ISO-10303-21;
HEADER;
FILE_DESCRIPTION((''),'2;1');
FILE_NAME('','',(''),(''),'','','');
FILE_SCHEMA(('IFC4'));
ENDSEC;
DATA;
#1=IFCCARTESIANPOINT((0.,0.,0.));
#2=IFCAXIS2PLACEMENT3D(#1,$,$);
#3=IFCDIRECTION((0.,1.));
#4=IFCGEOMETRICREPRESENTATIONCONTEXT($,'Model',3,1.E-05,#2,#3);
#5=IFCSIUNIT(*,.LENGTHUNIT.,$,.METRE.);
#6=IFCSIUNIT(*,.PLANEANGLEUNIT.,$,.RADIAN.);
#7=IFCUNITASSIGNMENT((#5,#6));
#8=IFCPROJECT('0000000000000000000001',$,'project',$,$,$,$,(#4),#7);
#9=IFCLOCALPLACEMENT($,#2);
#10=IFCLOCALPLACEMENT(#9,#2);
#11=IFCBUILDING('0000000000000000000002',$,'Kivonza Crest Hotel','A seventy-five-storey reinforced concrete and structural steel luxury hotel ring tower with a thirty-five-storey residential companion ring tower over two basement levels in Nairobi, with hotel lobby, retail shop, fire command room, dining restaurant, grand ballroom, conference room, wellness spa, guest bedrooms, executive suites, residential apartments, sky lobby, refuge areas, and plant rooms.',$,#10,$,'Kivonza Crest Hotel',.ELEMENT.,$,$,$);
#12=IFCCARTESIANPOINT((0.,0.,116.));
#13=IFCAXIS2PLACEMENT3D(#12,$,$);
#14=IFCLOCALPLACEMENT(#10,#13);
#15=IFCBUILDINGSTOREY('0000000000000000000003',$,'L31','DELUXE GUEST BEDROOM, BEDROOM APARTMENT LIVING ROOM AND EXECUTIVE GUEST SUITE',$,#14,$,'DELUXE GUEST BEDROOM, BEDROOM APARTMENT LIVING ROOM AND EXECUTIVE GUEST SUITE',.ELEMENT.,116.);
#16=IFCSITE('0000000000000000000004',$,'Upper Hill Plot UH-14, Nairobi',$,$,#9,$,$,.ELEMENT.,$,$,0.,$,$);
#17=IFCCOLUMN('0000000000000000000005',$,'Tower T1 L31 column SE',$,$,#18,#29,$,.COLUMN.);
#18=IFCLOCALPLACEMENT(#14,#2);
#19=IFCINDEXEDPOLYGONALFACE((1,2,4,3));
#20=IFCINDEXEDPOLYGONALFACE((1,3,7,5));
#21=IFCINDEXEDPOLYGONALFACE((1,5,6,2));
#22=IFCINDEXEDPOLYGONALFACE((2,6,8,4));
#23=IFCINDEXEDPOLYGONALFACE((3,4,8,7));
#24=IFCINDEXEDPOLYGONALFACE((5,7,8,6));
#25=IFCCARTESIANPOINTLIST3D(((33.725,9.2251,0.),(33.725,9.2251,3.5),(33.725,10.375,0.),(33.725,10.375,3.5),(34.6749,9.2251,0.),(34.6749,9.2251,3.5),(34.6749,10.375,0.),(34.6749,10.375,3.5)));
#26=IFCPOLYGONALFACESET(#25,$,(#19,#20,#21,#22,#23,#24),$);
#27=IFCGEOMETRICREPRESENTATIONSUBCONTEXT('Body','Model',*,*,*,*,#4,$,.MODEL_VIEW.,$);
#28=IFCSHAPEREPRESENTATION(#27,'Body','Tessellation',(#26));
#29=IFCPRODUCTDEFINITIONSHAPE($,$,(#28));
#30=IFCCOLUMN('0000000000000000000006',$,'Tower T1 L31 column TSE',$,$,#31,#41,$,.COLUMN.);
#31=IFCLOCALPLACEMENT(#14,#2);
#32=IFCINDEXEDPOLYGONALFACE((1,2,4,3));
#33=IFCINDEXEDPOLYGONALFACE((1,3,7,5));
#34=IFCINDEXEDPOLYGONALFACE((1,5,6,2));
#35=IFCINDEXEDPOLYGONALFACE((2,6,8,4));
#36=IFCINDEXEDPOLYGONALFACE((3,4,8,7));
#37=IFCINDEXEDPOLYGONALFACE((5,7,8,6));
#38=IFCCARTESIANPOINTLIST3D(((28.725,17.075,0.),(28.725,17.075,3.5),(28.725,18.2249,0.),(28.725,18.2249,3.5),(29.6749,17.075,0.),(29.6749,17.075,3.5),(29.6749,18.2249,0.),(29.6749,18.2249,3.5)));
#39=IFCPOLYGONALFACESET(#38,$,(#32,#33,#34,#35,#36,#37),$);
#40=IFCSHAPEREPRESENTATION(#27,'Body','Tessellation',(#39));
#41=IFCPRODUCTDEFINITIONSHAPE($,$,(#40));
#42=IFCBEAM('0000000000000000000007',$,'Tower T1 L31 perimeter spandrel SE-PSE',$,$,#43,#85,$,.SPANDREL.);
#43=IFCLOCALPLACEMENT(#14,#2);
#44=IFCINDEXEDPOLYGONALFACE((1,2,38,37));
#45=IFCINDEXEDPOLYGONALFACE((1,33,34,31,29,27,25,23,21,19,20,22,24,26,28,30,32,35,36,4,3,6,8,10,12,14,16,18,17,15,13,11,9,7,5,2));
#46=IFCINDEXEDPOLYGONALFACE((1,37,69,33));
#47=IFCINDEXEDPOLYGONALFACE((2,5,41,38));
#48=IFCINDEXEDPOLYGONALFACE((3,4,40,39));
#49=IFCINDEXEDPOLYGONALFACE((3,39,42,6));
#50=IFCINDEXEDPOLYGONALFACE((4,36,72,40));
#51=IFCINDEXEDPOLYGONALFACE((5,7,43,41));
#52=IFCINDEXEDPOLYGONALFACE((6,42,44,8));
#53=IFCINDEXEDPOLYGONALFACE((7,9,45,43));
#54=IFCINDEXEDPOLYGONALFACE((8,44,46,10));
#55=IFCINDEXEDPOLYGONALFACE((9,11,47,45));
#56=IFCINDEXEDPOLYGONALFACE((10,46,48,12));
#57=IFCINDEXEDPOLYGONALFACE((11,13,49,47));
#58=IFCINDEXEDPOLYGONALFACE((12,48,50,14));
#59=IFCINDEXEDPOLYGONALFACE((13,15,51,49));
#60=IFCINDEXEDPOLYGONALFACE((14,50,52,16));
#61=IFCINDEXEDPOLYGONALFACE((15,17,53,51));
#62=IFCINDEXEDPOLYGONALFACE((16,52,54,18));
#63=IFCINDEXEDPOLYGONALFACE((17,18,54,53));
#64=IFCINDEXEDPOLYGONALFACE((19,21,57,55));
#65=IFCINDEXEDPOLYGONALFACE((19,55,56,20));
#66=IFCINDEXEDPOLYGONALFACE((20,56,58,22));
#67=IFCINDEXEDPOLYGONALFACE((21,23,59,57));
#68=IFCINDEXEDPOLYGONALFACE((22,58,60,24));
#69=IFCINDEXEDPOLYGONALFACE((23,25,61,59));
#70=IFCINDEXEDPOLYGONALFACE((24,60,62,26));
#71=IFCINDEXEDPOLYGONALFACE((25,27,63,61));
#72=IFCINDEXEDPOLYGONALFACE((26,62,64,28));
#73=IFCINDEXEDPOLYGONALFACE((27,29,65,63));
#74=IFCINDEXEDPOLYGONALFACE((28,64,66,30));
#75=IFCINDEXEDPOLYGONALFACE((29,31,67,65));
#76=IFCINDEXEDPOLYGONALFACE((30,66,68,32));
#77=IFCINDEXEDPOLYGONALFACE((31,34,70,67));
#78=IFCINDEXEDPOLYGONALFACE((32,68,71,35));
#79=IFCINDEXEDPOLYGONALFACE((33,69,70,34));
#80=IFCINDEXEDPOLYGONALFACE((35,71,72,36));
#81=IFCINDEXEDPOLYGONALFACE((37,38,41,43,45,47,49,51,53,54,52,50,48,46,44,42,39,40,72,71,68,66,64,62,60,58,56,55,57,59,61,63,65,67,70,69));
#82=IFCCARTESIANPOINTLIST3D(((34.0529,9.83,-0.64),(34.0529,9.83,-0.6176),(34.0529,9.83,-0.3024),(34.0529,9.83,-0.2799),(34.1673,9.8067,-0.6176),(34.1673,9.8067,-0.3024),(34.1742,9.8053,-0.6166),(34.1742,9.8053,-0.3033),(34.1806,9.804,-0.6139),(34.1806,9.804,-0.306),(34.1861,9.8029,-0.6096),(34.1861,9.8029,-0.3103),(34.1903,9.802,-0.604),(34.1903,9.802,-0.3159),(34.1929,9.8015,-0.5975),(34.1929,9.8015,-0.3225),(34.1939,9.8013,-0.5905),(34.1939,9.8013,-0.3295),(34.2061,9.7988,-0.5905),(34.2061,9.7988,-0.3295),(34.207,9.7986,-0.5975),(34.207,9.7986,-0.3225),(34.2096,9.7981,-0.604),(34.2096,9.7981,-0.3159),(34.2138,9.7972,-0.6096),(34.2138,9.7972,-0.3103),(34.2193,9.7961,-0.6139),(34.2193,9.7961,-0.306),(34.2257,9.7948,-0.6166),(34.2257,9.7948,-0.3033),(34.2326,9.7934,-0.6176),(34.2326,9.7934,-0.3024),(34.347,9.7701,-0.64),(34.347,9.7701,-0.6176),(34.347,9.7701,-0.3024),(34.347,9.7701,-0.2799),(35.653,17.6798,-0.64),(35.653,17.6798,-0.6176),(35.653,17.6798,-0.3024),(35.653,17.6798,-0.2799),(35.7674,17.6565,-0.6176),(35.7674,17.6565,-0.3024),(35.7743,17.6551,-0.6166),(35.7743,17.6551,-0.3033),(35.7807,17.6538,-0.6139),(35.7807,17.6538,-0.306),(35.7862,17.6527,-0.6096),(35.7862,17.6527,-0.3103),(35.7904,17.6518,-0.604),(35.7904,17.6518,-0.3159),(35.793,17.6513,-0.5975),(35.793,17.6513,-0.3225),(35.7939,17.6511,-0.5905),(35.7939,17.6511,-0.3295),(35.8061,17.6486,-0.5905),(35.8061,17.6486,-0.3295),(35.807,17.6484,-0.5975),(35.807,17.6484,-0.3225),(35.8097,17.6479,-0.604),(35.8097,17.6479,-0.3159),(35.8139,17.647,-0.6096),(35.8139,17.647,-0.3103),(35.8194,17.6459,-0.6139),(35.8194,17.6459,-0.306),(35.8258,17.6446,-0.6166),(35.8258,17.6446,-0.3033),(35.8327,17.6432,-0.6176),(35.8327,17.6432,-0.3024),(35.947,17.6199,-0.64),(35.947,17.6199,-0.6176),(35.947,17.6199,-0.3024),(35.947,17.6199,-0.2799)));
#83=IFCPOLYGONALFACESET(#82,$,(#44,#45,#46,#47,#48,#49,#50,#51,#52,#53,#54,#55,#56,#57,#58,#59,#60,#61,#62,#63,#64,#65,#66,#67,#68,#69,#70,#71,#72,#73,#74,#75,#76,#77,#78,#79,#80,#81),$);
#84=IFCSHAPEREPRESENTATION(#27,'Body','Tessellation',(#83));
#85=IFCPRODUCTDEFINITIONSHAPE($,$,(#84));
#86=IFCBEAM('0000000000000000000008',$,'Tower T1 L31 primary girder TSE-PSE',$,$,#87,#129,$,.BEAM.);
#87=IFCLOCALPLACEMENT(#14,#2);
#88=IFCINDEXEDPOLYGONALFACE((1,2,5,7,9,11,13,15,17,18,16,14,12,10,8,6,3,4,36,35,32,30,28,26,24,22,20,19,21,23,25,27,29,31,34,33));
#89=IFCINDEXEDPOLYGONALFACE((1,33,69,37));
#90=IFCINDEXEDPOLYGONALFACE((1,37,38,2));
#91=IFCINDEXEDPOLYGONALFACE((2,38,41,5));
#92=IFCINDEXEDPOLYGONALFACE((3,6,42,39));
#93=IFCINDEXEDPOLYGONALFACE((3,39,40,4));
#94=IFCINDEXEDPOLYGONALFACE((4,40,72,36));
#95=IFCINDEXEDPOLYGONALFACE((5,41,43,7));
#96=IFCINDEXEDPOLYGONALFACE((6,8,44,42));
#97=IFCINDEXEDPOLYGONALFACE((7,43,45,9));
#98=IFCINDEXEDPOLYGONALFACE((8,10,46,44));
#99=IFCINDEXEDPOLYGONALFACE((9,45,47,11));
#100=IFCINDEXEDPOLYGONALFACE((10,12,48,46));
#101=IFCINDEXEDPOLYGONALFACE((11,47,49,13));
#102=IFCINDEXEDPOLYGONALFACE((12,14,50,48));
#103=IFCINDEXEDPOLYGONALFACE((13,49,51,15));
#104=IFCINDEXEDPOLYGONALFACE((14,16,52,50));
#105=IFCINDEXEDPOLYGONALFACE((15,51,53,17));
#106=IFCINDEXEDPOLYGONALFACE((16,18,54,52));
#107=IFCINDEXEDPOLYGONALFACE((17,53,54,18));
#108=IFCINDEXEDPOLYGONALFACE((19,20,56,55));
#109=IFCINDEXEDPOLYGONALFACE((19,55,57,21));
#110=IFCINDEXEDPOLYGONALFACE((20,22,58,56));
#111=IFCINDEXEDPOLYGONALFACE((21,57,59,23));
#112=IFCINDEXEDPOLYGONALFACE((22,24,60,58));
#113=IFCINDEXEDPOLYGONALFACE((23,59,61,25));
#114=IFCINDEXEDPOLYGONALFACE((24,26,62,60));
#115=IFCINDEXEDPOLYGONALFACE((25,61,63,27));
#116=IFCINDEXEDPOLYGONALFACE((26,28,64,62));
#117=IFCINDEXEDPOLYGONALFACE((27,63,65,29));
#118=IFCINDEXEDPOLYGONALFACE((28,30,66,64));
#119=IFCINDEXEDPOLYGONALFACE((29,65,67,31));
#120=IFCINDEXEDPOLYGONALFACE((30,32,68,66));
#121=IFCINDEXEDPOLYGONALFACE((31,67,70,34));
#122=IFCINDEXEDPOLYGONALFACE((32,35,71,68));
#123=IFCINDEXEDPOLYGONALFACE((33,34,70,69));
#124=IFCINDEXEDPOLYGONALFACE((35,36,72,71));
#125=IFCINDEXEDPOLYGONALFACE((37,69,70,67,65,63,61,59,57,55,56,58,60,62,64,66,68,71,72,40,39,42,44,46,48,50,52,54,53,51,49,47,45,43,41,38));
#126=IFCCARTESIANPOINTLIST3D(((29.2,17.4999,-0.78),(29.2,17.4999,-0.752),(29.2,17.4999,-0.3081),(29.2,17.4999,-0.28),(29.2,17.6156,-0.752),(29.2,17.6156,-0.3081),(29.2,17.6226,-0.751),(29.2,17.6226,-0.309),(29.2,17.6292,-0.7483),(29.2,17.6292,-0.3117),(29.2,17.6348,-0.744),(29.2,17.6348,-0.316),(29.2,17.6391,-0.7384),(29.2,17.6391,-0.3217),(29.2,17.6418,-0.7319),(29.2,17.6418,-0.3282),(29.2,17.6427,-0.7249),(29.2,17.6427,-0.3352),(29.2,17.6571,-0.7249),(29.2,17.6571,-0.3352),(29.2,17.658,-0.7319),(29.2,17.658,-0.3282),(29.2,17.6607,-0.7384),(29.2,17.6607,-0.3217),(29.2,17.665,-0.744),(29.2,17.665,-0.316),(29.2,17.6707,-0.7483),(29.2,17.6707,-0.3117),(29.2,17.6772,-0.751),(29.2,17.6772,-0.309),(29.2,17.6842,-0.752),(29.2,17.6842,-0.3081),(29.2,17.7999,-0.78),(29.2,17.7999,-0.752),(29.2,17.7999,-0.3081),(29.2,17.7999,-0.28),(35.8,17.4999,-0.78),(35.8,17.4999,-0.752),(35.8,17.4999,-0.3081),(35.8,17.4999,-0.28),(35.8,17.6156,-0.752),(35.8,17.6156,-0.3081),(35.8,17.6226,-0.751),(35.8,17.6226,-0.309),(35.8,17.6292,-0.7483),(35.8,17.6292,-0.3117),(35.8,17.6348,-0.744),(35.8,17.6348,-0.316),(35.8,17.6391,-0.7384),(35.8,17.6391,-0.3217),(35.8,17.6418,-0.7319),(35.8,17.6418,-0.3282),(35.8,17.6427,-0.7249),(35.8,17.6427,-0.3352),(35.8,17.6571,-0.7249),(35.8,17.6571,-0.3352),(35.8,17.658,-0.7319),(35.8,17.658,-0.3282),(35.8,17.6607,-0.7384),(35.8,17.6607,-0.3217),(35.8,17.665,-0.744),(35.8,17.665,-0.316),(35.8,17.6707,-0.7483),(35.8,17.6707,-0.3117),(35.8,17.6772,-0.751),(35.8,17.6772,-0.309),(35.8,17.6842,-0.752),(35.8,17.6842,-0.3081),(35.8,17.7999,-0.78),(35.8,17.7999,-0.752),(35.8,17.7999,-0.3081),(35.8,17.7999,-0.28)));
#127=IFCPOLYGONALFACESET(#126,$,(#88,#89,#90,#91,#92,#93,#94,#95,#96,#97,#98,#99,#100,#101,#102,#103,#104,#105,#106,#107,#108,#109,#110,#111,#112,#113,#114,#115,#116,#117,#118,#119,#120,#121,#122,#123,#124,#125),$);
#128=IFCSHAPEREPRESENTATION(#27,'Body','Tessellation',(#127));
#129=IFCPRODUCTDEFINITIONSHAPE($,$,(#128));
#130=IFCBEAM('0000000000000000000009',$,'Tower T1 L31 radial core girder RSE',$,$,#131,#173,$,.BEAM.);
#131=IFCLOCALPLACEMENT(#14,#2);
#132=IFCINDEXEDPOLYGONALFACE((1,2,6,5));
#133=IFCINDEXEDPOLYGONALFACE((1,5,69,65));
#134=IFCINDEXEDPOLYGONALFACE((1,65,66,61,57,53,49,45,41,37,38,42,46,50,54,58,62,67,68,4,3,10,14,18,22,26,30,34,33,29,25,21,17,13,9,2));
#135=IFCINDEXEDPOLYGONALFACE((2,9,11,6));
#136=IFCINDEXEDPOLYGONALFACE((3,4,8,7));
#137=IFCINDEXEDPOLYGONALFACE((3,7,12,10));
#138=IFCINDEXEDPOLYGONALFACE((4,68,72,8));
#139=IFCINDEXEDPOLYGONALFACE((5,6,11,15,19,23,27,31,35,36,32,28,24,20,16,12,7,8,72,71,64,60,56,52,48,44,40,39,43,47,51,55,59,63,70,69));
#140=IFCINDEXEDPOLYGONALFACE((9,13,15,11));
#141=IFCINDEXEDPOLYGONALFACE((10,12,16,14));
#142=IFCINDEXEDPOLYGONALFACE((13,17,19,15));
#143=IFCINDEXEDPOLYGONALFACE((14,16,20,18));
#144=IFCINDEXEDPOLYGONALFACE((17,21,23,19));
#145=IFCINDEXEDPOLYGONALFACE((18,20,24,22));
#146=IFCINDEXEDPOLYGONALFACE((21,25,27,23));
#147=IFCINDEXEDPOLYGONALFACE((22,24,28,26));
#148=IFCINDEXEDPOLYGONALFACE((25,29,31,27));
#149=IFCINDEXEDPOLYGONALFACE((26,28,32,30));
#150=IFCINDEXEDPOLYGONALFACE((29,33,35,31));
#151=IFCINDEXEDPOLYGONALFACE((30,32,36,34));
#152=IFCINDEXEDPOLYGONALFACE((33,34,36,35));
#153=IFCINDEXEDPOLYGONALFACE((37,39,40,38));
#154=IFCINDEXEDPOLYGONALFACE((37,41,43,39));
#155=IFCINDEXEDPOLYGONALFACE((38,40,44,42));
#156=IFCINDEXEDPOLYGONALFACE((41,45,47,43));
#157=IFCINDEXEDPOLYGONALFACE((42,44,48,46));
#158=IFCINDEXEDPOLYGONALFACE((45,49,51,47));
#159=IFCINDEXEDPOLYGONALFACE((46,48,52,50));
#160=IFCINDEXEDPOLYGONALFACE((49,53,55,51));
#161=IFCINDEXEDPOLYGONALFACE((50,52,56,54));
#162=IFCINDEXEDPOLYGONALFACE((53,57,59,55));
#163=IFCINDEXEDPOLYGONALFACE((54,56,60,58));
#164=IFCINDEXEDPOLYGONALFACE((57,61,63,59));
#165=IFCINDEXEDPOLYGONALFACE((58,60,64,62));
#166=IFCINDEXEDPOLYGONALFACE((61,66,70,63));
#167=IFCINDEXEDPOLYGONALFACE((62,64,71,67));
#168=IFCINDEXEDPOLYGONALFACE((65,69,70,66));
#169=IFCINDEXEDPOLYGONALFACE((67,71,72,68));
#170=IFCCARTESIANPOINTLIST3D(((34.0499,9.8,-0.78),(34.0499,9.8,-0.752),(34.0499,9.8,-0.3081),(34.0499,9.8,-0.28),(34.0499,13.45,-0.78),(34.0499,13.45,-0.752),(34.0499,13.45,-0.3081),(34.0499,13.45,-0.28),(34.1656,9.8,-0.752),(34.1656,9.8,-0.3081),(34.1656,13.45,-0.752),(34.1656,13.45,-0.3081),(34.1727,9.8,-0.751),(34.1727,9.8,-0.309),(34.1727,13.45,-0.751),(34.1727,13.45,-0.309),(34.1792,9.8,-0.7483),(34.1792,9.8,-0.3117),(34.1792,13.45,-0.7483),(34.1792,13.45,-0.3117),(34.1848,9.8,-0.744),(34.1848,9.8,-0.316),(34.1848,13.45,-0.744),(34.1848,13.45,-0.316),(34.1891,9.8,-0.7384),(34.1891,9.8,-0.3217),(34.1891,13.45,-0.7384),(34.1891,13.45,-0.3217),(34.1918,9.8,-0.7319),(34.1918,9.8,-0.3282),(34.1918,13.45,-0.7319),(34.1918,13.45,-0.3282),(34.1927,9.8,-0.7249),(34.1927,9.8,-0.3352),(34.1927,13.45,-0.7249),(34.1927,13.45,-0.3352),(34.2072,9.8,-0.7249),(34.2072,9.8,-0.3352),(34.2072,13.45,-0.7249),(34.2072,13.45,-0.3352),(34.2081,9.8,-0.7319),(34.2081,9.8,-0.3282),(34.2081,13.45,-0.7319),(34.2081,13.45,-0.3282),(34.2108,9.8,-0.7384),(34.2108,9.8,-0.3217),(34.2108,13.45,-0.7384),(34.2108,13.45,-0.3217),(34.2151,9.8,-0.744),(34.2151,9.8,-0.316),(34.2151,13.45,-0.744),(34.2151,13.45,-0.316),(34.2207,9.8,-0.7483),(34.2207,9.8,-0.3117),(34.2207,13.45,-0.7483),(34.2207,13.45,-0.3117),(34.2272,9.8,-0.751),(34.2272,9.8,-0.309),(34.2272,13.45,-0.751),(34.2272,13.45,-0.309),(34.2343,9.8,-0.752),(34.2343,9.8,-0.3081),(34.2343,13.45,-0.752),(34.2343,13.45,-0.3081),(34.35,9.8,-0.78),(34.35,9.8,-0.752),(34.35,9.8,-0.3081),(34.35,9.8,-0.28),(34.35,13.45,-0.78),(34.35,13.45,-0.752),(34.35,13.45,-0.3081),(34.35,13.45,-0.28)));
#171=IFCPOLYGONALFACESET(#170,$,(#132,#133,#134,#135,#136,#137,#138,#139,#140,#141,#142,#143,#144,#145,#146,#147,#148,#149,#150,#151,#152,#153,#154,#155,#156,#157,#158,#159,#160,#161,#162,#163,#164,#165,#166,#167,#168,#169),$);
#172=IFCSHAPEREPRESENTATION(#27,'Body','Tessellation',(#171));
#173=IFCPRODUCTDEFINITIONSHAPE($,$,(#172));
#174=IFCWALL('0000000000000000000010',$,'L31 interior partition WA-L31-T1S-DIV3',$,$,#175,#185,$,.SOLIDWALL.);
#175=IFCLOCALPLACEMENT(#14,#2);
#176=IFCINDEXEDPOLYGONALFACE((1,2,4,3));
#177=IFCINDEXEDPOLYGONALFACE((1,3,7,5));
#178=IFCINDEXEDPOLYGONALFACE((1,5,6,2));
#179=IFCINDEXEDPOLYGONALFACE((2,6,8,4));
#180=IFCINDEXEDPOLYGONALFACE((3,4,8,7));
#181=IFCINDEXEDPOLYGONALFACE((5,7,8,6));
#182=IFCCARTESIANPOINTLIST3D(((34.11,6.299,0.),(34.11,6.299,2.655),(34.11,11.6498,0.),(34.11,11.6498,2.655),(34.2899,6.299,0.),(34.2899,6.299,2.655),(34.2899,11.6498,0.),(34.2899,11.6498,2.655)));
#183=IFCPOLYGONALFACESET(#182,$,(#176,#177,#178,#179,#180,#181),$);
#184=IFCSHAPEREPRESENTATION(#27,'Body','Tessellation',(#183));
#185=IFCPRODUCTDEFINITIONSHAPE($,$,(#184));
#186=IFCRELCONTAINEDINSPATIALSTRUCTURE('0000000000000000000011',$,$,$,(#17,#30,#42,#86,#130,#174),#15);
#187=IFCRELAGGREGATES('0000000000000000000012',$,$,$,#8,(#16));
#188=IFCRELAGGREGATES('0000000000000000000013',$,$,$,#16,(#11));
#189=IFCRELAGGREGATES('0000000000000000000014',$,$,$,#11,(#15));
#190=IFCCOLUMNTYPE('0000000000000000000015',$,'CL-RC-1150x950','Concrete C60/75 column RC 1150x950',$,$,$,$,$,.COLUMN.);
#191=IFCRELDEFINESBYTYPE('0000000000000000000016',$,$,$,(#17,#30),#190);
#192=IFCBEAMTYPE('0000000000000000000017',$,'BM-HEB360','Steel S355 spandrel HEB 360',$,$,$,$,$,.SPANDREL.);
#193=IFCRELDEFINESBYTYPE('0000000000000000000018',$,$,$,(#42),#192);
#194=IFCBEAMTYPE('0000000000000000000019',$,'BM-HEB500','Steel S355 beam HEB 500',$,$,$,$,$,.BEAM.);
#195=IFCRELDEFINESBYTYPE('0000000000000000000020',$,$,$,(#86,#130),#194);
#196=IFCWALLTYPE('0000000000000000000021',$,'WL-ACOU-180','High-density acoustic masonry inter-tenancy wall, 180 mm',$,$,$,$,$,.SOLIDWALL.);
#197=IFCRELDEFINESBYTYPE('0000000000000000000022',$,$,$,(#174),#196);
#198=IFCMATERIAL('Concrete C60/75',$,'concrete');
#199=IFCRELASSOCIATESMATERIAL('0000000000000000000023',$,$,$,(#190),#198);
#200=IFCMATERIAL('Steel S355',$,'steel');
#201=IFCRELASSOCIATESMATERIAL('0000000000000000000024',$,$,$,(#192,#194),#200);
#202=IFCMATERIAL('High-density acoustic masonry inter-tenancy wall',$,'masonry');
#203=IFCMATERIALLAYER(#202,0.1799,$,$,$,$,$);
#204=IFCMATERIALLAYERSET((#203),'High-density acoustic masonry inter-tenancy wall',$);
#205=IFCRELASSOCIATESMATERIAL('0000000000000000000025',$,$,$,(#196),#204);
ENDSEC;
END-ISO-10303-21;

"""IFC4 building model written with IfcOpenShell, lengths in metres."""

from ifc_helpers import new_model, si_unit, direction, frame, frame_2d, origin, origin_2d, place, context, subcontext, project, spatial, rectangle, i_section, extrude, material, layer, layer_set, material_profile, profile_set, type_object, element, save


model = new_model("IFC4")

# Units and contexts
model_context = context("Model", 3, precision=1e-05, world=origin(), true_north=direction((0.0, 1.0)))
body_context = subcontext(model_context, "Body", "Model", "MODEL_VIEW")
ifc_project = project(units=[si_unit("LENGTHUNIT", "METRE"), si_unit("PLANEANGLEUNIT", "RADIAN")], contexts=[model_context])

# Site, building, storey
site_placement = place(None, origin())
site = spatial("IfcSite", under=ifc_project, at=site_placement, Name="Upper Hill Plot UH-14, Nairobi", CompositionType="ELEMENT", RefElevation=0.0)
building_placement = place(site_placement, origin())
building = spatial("IfcBuilding", under=site, at=building_placement, Name="Kivonza Crest Hotel", Description="A seventy-five-storey reinforced concrete and structural steel luxury hotel ring tower with a thirty-five-storey residential companion ring tower over two basement levels in Nairobi, with hotel lobby, retail shop, fire command room, dining restaurant, grand ballroom, conference room, wellness spa, guest bedrooms, executive suites, residential apartments, sky lobby, refuge areas, and plant rooms.", LongName="Kivonza Crest Hotel", CompositionType="ELEMENT")
storey_placement = place(building_placement, frame((0.0, 0.0, 116.0)))
storey = spatial("IfcBuildingStorey", under=building, at=storey_placement, Name="L31", Description="DELUXE GUEST BEDROOM, BEDROOM APARTMENT LIVING ROOM AND EXECUTIVE GUEST SUITE", LongName="DELUXE GUEST BEDROOM, BEDROOM APARTMENT LIVING ROOM AND EXECUTIVE GUEST SUITE", CompositionType="ELEMENT", Elevation=116.0)

# Columns
ifc_material_1 = material(Name="Concrete C60/75", Category="concrete")
ifc_material_profile_1 = material_profile(ifc_material_1, rectangle(XDim=0.95, YDim=1.1499, at=origin_2d()), Name="RC 1150x950")
ifc_profile_set_1 = profile_set([ifc_material_profile_1], Name="Concrete C60/75")
column_type = type_object("IfcColumnType", Name="CL-RC-1150x950", Description="Concrete C60/75 column RC 1150x950", PredefinedType="COLUMN", material=ifc_profile_set_1)
for number, where, z_axis, x_axis, name in (
    (1, (34.2, 9.8, 0.0), (0.0, 0.0, 1.0), (1.0, 0.0, 0.0), "Tower T1 L31 column SE"),
    (2, (29.2, 17.6499, 0.0), (0.0, 0.0, 1.0), (1.0, 0.0, 0.0), "Tower T1 L31 column TSE"),
):
    element("IfcColumn", number, at=place(storey_placement, frame(where, z_axis=z_axis, x_axis=x_axis)), inside=storey, type_object=column_type, Name=name, PredefinedType="COLUMN", context=body_context, shape_type="SweptSolid", body=[
        extrude(rectangle(XDim=0.95, YDim=1.1499, at=origin_2d()), origin(), (0.0, 0.0, 1.0), 3.5),
    ])

# Beams
ifc_material_2 = material(Name="Steel S355", Category="steel")
ifc_material_profile_2 = material_profile(ifc_material_2, i_section(OverallWidth=0.3, OverallDepth=0.3601, WebThickness=0.0125, FlangeThickness=0.0225, FilletRadius=0.0271, at=origin_2d()), Name="HEB 360")
ifc_profile_set_2 = profile_set([ifc_material_profile_2], Name="Steel S355")
beam_type_1 = type_object("IfcBeamType", Name="BM-HEB360", Description="Steel S355 spandrel HEB 360", PredefinedType="SPANDREL", material=ifc_profile_set_2)
beam_1_placement = place(storey_placement, frame((34.2, 9.8, -0.46), z_axis=(0.199731, 0.979851, 0.0), x_axis=(-0.979851, 0.199731, 0.0)))
element("IfcBeam", 3, at=beam_1_placement, inside=storey, type_object=beam_type_1, Name="Tower T1 L31 perimeter spandrel SE-PSE", PredefinedType="SPANDREL", context=body_context, shape_type="SweptSolid", body=[
    extrude(i_section(OverallWidth=0.3, OverallDepth=0.3601, WebThickness=0.0125, FlangeThickness=0.0225, FilletRadius=0.0271, at=origin_2d()), origin(), (0.0, 0.0, 1.0), 8.0112),
])
ifc_material_profile_3 = material_profile(ifc_material_2, i_section(OverallWidth=0.3, OverallDepth=0.5, WebThickness=0.0144, FlangeThickness=0.0281, FilletRadius=0.0271, at=origin_2d()), Name="HEB 500")
ifc_profile_set_3 = profile_set([ifc_material_profile_3], Name="Steel S355")
beam_type_2 = type_object("IfcBeamType", Name="BM-HEB500", Description="Steel S355 beam HEB 500", PredefinedType="BEAM", material=ifc_profile_set_3)
beam_2_placement = place(storey_placement, frame((29.2, 17.6499, -0.53), z_axis=(1.0, 0.0, 0.0), x_axis=(0.0, 1.0, 0.0)))
element("IfcBeam", 4, at=beam_2_placement, inside=storey, type_object=beam_type_2, Name="Tower T1 L31 primary girder TSE-PSE", PredefinedType="BEAM", context=body_context, shape_type="SweptSolid", body=[
    extrude(i_section(OverallWidth=0.3, OverallDepth=0.5, WebThickness=0.0144, FlangeThickness=0.0281, FilletRadius=0.0271, at=origin_2d()), origin(), (0.0, 0.0, 1.0), 6.6001),
])
beam_3_placement = place(storey_placement, frame((34.2, 9.8, -0.53), z_axis=(0.0, 1.0, 0.0), x_axis=(-1.0, 0.0, 0.0)))
element("IfcBeam", 5, at=beam_3_placement, inside=storey, type_object=beam_type_2, Name="Tower T1 L31 radial core girder RSE", PredefinedType="BEAM", context=body_context, shape_type="SweptSolid", body=[
    extrude(i_section(OverallWidth=0.3, OverallDepth=0.5, WebThickness=0.0144, FlangeThickness=0.0281, FilletRadius=0.0271, at=origin_2d()), origin(), (0.0, 0.0, 1.0), 3.6499),
])

# Wall
ifc_material_3 = material(Name="High-density acoustic masonry inter-tenancy wall", Category="masonry")
ifc_layer_1 = layer(ifc_material_3, 0.1799)
ifc_layer_set_1 = layer_set([ifc_layer_1], Name="High-density acoustic masonry inter-tenancy wall")
wall_type_1 = type_object("IfcWallType", Name="WL-ACOU-180", Description="High-density acoustic masonry inter-tenancy wall, 180 mm", PredefinedType="SOLIDWALL", material=ifc_layer_set_1)
wall_1_placement = place(storey_placement, frame((34.2, 6.2991, 0.0), z_axis=(0.0, 0.0, 1.0), x_axis=(0.0, 1.0, 0.0)))
element("IfcWall", 6, at=wall_1_placement, inside=storey, type_object=wall_type_1, Name="L31 interior partition WA-L31-T1S-DIV3", PredefinedType="SOLIDWALL", context=body_context, shape_type="SweptSolid", body=[
    extrude(rectangle(XDim=5.3508, YDim=0.1799, at=frame_2d((2.6753, 0.0))), origin(), (0.0, 0.0, 1.0), 2.655),
])

save(model, "model.ifc")
